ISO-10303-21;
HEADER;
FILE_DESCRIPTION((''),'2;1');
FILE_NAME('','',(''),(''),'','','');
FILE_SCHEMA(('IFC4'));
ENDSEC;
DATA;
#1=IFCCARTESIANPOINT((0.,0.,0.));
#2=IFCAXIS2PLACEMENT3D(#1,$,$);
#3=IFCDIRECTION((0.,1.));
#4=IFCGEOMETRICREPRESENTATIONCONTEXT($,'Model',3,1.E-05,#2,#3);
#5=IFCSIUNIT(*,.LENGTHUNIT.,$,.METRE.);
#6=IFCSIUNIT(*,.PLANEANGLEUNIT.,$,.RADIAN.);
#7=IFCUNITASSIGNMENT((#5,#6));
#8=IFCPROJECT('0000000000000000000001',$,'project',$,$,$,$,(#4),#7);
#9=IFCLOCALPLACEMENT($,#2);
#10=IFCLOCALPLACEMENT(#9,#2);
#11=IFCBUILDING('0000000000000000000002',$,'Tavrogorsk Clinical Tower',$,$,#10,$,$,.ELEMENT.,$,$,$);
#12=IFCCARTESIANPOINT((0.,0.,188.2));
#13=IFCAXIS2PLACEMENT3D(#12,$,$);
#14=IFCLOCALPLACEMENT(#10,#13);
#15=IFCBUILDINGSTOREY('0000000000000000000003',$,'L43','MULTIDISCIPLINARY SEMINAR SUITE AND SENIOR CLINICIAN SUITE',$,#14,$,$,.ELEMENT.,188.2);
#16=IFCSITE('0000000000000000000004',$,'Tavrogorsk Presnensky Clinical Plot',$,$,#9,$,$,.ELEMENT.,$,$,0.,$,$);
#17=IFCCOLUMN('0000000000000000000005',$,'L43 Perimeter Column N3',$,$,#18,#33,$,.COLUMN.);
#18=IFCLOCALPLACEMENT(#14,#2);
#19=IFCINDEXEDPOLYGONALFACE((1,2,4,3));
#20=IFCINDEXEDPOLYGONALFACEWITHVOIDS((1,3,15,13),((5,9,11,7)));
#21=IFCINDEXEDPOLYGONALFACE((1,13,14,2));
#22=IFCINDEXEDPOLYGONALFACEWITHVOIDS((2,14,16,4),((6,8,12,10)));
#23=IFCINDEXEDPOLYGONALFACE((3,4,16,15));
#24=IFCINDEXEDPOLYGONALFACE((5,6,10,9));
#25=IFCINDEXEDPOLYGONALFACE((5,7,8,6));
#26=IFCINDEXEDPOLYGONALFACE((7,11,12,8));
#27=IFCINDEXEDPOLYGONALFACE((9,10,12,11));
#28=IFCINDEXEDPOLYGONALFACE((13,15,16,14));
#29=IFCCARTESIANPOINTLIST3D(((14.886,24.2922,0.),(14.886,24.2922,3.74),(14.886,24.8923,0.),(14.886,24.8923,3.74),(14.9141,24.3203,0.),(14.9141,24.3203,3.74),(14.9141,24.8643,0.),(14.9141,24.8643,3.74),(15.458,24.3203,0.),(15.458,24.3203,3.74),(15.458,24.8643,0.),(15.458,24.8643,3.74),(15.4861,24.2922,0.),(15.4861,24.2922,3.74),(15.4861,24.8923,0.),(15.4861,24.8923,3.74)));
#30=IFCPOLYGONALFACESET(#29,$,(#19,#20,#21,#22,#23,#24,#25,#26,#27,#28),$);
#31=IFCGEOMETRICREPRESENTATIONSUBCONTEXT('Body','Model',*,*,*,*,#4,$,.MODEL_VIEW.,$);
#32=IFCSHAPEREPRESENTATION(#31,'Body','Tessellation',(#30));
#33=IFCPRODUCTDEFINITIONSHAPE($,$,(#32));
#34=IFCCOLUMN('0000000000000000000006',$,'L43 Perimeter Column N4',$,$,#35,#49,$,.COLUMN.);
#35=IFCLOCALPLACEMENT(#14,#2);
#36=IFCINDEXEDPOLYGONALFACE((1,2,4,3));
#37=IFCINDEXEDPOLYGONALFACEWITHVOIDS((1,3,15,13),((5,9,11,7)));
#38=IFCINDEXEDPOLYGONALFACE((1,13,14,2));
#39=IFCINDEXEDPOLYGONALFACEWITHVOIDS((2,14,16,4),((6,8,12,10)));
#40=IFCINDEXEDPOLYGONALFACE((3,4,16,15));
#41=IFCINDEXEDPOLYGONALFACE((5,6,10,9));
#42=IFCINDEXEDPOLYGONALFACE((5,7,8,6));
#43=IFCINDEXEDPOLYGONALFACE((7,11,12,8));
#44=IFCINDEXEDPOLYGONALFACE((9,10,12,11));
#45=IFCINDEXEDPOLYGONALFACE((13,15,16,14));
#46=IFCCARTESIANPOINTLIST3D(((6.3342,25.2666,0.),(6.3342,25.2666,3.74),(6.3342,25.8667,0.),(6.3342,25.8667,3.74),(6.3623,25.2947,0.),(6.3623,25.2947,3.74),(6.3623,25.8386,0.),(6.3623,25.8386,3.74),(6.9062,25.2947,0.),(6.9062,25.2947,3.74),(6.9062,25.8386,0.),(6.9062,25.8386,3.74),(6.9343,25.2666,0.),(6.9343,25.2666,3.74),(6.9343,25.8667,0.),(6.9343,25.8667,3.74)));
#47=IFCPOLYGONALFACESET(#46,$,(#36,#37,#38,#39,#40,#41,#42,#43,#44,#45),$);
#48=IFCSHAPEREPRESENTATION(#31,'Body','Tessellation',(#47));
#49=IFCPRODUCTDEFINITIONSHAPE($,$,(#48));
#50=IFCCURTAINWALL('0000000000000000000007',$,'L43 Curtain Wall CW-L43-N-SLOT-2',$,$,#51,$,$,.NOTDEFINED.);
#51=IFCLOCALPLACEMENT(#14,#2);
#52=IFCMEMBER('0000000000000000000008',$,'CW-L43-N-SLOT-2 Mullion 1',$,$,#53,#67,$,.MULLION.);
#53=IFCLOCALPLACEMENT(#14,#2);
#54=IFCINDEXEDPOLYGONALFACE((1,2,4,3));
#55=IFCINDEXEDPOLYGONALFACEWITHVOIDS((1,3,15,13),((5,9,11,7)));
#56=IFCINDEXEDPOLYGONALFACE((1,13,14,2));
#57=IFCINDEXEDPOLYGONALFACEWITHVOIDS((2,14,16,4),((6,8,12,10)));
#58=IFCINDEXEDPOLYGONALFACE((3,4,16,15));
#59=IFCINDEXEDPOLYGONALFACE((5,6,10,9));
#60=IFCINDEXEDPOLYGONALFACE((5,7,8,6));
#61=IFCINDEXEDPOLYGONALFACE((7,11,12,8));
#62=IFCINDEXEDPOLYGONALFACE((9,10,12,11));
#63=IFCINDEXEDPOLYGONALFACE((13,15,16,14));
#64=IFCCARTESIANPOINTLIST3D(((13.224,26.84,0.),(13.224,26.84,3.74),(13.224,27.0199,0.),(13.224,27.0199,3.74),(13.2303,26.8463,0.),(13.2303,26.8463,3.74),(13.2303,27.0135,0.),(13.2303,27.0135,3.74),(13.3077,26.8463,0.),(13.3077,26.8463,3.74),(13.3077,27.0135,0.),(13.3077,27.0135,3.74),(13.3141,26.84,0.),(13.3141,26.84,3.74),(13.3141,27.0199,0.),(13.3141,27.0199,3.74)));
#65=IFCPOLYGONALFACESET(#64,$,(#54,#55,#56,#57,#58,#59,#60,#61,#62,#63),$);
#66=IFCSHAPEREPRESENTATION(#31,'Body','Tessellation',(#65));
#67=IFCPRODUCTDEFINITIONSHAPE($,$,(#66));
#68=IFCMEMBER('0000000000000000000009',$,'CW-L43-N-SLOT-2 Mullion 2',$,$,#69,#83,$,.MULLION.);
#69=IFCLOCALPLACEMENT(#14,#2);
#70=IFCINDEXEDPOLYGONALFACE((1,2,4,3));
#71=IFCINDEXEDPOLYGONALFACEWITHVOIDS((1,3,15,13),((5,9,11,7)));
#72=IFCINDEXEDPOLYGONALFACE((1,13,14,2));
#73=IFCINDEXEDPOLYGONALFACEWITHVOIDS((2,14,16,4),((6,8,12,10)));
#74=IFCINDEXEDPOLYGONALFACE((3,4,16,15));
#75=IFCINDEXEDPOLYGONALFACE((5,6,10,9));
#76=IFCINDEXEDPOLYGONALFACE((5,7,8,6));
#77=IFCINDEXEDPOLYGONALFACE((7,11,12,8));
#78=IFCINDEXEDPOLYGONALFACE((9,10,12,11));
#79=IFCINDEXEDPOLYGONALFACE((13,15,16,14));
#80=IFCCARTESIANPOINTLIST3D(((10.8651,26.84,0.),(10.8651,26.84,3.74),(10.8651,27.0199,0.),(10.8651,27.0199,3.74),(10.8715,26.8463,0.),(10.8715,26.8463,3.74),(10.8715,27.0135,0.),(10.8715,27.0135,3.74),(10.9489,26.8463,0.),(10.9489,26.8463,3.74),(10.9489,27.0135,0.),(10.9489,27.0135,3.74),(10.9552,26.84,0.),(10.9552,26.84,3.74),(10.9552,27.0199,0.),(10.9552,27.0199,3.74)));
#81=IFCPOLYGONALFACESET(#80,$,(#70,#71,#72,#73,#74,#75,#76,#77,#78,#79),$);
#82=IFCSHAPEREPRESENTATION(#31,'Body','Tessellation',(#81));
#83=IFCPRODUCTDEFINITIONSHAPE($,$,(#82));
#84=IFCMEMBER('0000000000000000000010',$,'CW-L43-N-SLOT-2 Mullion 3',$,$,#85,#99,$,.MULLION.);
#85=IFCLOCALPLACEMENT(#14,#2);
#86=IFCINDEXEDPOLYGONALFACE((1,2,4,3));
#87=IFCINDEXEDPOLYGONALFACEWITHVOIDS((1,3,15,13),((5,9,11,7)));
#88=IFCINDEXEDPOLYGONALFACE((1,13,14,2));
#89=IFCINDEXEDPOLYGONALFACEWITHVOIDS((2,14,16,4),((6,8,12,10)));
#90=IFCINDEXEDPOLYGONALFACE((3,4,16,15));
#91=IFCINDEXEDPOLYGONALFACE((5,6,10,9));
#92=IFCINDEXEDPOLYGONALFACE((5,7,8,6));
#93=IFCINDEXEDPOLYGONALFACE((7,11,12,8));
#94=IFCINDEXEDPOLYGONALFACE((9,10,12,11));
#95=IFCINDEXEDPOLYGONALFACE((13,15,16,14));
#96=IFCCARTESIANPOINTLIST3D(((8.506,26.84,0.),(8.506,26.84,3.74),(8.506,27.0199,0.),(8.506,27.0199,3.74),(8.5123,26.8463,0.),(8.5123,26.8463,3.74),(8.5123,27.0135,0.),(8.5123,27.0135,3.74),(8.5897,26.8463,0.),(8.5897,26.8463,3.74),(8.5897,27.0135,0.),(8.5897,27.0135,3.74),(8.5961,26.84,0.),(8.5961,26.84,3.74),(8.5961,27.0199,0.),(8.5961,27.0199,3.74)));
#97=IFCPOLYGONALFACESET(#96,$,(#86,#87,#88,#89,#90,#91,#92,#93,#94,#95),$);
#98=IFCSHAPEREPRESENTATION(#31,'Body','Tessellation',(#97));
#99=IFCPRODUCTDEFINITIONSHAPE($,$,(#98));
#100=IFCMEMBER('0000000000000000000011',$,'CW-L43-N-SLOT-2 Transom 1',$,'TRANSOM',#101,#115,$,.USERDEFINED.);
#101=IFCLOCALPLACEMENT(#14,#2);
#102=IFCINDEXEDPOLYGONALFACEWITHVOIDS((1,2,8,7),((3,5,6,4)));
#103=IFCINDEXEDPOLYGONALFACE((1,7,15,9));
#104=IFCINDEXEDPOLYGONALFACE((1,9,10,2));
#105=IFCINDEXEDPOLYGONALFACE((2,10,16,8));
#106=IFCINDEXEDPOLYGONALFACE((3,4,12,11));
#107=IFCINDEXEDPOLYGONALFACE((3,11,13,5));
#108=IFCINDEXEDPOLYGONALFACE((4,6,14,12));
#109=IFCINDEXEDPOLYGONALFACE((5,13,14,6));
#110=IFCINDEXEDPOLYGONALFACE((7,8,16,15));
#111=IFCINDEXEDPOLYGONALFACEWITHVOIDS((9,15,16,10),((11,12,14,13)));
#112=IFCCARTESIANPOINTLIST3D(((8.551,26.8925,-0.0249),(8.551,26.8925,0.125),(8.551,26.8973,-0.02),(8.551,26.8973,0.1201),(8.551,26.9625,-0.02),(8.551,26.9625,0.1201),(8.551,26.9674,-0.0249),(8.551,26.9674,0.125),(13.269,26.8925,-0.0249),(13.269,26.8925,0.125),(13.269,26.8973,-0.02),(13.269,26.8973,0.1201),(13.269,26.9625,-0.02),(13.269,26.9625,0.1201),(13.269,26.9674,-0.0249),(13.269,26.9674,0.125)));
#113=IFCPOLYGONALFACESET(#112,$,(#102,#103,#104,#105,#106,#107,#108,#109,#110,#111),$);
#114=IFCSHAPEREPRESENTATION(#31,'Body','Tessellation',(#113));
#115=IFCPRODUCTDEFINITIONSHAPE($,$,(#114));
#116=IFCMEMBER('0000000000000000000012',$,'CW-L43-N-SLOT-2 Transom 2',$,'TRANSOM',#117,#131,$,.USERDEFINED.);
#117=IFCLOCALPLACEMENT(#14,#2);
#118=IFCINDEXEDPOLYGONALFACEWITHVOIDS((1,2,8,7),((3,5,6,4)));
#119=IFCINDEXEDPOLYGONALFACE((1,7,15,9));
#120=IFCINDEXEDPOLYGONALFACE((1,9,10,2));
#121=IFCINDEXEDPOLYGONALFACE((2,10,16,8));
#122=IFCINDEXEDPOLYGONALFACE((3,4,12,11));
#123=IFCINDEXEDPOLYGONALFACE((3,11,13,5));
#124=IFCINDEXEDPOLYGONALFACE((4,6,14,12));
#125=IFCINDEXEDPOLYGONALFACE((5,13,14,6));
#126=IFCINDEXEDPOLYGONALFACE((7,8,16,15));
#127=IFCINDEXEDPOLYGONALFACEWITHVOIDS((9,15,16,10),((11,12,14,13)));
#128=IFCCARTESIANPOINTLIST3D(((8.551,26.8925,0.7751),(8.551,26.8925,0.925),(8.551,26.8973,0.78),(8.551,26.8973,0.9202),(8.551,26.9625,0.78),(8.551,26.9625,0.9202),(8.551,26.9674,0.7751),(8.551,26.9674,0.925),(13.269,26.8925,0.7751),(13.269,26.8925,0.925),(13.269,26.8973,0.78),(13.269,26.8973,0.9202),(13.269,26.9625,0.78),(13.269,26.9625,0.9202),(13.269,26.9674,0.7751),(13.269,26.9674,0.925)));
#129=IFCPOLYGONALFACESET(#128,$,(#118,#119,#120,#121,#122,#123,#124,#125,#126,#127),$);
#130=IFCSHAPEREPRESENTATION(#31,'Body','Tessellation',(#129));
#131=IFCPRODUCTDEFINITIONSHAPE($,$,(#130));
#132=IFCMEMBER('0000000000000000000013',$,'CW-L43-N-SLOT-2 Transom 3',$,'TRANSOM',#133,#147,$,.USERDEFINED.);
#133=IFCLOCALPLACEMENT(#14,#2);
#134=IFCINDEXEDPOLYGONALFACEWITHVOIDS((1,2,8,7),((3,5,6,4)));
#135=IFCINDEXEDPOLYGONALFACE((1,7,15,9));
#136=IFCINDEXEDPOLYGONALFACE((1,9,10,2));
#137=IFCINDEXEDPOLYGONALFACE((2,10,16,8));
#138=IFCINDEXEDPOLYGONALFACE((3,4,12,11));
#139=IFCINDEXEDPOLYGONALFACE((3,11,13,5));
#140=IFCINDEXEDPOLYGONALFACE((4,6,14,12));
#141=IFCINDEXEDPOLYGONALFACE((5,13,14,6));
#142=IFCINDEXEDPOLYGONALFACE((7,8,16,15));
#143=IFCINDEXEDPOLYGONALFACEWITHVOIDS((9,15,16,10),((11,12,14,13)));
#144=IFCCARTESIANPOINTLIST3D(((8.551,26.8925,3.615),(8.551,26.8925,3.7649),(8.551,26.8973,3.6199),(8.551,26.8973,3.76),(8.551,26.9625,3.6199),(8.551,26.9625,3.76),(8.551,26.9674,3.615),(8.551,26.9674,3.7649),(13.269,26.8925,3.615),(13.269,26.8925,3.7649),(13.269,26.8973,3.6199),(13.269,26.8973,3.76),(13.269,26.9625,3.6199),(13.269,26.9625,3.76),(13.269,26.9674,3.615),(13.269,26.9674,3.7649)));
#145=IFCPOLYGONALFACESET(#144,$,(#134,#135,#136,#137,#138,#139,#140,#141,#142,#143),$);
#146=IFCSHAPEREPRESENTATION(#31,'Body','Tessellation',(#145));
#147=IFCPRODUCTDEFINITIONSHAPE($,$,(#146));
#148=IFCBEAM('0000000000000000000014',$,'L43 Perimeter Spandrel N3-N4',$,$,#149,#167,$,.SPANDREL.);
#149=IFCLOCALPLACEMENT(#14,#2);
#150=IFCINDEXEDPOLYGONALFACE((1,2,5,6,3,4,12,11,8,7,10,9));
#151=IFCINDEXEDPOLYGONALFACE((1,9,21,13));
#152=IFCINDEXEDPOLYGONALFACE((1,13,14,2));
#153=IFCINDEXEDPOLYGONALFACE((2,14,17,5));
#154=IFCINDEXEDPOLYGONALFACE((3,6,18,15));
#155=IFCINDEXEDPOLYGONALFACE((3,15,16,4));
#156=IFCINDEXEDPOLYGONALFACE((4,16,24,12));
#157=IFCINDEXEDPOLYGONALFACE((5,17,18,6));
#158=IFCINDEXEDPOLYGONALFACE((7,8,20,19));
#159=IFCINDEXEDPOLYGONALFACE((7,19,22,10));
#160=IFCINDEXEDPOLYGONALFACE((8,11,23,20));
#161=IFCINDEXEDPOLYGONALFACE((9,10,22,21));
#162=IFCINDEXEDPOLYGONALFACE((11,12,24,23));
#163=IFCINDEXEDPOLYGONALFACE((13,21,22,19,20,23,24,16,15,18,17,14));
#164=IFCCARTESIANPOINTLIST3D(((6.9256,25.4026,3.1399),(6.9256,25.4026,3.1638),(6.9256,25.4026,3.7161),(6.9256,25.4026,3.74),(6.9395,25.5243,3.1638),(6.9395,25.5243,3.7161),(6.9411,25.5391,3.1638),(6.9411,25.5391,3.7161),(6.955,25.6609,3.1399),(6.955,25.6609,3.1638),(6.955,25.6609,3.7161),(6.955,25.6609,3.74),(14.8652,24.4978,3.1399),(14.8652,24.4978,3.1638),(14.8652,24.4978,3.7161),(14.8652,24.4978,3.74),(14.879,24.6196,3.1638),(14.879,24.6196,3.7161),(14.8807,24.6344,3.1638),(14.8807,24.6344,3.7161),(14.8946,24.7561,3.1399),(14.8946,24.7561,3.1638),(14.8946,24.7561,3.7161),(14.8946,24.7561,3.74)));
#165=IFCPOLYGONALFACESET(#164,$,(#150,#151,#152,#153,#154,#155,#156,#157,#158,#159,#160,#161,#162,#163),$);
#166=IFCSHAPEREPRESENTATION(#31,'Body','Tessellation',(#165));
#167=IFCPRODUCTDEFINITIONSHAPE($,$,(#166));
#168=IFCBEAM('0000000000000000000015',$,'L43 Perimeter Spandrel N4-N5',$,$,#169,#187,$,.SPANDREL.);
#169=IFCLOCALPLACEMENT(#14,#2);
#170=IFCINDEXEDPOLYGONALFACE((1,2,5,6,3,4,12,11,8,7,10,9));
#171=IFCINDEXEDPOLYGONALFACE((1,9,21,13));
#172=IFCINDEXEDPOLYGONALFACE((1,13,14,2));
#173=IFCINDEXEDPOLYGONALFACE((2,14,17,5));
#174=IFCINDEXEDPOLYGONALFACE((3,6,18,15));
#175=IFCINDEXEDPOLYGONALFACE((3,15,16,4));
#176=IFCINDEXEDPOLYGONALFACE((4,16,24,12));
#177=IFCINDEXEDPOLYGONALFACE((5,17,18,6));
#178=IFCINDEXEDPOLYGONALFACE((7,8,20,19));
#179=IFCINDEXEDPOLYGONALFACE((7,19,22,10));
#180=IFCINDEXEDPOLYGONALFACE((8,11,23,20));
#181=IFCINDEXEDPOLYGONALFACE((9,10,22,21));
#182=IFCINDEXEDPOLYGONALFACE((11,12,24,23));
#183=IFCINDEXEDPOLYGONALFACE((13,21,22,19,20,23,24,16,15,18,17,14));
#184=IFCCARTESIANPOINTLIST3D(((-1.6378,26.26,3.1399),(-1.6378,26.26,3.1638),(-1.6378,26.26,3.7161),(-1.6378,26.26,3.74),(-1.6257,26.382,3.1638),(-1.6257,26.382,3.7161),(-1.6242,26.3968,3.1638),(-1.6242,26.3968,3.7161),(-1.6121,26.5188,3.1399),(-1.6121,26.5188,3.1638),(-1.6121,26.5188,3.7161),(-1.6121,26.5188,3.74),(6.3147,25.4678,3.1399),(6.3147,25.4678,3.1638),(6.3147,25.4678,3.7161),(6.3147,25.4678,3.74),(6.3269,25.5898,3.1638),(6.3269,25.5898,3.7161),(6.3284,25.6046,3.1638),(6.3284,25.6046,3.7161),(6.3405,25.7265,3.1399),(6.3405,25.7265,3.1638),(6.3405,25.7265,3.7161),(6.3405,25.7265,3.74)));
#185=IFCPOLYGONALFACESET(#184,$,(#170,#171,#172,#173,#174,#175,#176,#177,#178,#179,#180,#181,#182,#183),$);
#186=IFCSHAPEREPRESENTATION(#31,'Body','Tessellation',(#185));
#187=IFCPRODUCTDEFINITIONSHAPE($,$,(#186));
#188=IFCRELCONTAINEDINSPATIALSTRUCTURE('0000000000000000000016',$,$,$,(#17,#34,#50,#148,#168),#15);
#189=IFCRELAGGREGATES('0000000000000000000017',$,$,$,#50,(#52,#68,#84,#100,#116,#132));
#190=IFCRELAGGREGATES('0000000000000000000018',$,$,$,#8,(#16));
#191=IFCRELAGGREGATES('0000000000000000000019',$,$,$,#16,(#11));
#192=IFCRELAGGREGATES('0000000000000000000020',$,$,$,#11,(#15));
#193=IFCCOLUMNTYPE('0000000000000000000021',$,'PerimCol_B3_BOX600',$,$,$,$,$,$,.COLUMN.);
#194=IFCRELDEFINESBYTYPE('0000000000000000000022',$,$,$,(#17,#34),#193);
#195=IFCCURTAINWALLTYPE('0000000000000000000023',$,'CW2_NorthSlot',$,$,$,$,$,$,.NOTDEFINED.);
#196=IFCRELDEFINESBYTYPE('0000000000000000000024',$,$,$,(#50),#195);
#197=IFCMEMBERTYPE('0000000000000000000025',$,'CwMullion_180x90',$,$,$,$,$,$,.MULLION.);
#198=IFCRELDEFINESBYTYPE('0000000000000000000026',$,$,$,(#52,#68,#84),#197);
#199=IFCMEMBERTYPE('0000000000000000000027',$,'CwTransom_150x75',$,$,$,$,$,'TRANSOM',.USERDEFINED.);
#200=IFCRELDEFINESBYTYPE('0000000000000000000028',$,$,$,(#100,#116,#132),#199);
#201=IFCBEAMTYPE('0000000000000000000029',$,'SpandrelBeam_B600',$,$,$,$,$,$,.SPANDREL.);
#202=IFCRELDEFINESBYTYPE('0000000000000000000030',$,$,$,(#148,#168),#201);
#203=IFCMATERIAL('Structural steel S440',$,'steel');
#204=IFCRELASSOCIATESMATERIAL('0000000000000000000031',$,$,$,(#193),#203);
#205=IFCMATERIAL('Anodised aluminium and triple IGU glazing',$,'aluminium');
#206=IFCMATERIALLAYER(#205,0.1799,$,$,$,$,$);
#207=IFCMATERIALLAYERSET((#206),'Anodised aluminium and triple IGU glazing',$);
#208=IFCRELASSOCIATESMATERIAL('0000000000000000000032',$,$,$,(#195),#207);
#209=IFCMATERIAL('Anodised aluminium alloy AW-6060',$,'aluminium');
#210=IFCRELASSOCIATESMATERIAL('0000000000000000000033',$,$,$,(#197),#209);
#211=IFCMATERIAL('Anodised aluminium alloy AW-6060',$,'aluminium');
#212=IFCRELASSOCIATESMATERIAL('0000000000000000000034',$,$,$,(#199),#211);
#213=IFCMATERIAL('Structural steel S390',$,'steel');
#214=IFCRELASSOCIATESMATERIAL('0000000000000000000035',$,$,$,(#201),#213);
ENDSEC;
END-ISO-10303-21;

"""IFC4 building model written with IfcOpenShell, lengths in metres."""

from ifc_helpers import new_model, si_unit, direction, frame, origin, origin_2d, place, context, subcontext, project, spatial, hollow_rectangle, i_section, extrude, material, layer, layer_set, material_profile, profile_set, type_object, element, aggregate, save


model = new_model("IFC4")

# Units and contexts
model_context = context("Model", 3, precision=1e-05, world=origin(), true_north=direction((0.0, 1.0)))
body_context = subcontext(model_context, "Body", "Model", "MODEL_VIEW")
ifc_project = project(units=[si_unit("LENGTHUNIT", "METRE"), si_unit("PLANEANGLEUNIT", "RADIAN")], contexts=[model_context])

# Site, building, storey
site_placement = place(None, origin())
site = spatial("IfcSite", under=ifc_project, at=site_placement, Name="Tavrogorsk Presnensky Clinical Plot", CompositionType="ELEMENT", RefElevation=0.0)
building_placement = place(site_placement, origin())
building = spatial("IfcBuilding", under=site, at=building_placement, Name="Tavrogorsk Clinical Tower", CompositionType="ELEMENT")
storey_placement = place(building_placement, frame((0.0, 0.0, 188.2)))
storey = spatial("IfcBuildingStorey", under=building, at=storey_placement, Name="L43", Description="MULTIDISCIPLINARY SEMINAR SUITE AND SENIOR CLINICIAN SUITE", CompositionType="ELEMENT", Elevation=188.2)

# Columns
ifc_material_1 = material(Name="Structural steel S440", Category="steel")
ifc_material_profile_1 = material_profile(ifc_material_1, hollow_rectangle(XDim=0.6001, YDim=0.6001, WallThickness=0.0281, at=origin_2d()), Name="BOX-600x600x28")
ifc_profile_set_1 = profile_set([ifc_material_profile_1], Name="Structural steel S440")
column_type = type_object("IfcColumnType", Name="PerimCol_B3_BOX600", PredefinedType="COLUMN", material=ifc_profile_set_1)
for number, where, z_axis, x_axis, name in (
    (1, (15.186, 24.5923, 0.0), (0.0, 0.0, 1.0), (1.0, 0.0, 0.0), "L43 Perimeter Column N3"),
    (2, (6.6343, 25.5667, 0.0), (0.0, 0.0, 1.0), (1.0, 0.0, 0.0), "L43 Perimeter Column N4"),
):
    element("IfcColumn", number, at=place(storey_placement, frame(where, z_axis=z_axis, x_axis=x_axis)), inside=storey, type_object=column_type, Name=name, PredefinedType="COLUMN", context=body_context, shape_type="SweptSolid", body=[
        extrude(hollow_rectangle(XDim=0.6001, YDim=0.6001, WallThickness=0.0281, at=origin_2d()), origin(), (0.0, 0.0, 1.0), 3.74),
    ])

# Curtain wall, members
ifc_material_2 = material(Name="Anodised aluminium and triple IGU glazing", Category="aluminium")
ifc_layer_1 = layer(ifc_material_2, 0.1799)
ifc_layer_set_1 = layer_set([ifc_layer_1], Name="Anodised aluminium and triple IGU glazing")
curtain_wall_type = type_object("IfcCurtainWallType", Name="CW2_NorthSlot", PredefinedType="NOTDEFINED", material=ifc_layer_set_1)
curtain_wall_placement = place(storey_placement, origin())
curtain_wall = element("IfcCurtainWall", 3, at=curtain_wall_placement, inside=storey, type_object=curtain_wall_type, Name="L43 Curtain Wall CW-L43-N-SLOT-2", PredefinedType="NOTDEFINED")
ifc_material_3 = material(Name="Anodised aluminium alloy AW-6060", Category="aluminium")
ifc_material_profile_2 = material_profile(ifc_material_3, hollow_rectangle(XDim=0.0901, YDim=0.1799, WallThickness=0.0063, at=origin_2d()), Name="RHS-180x90x6.3")
ifc_profile_set_2 = profile_set([ifc_material_profile_2], Name="Anodised aluminium alloy AW-6060")
member_type_1 = type_object("IfcMemberType", Name="CwMullion_180x90", PredefinedType="MULLION", material=ifc_profile_set_2)
member_1_placement = place(storey_placement, frame((13.269, 26.9299, 0.0), z_axis=(0.0, 0.0, 1.0), x_axis=(-1.0, 0.0, 0.0)))
member_1 = element("IfcMember", 4, at=member_1_placement, type_object=member_type_1, Name="CW-L43-N-SLOT-2 Mullion 1", PredefinedType="MULLION", context=body_context, shape_type="SweptSolid", body=[
    extrude(hollow_rectangle(XDim=0.0901, YDim=0.1799, WallThickness=0.0063, at=origin_2d()), origin(), (0.0, 0.0, 1.0), 3.74),
])
member_2_placement = place(storey_placement, frame((10.9102, 26.9299, 0.0), z_axis=(0.0, 0.0, 1.0), x_axis=(-1.0, 0.0, 0.0)))
member_2 = element("IfcMember", 5, at=member_2_placement, type_object=member_type_1, Name="CW-L43-N-SLOT-2 Mullion 2", PredefinedType="MULLION", context=body_context, shape_type="SweptSolid", body=[
    extrude(hollow_rectangle(XDim=0.0901, YDim=0.1799, WallThickness=0.0063, at=origin_2d()), origin(), (0.0, 0.0, 1.0), 3.74),
])
member_3_placement = place(storey_placement, frame((8.551, 26.9299, 0.0), z_axis=(0.0, 0.0, 1.0), x_axis=(-1.0, 0.0, 0.0)))
member_3 = element("IfcMember", 6, at=member_3_placement, type_object=member_type_1, Name="CW-L43-N-SLOT-2 Mullion 3", PredefinedType="MULLION", context=body_context, shape_type="SweptSolid", body=[
    extrude(hollow_rectangle(XDim=0.0901, YDim=0.1799, WallThickness=0.0063, at=origin_2d()), origin(), (0.0, 0.0, 1.0), 3.74),
])
ifc_material_4 = material(Name="Anodised aluminium alloy AW-6060", Category="aluminium")
ifc_material_profile_3 = material_profile(ifc_material_4, hollow_rectangle(XDim=0.075, YDim=0.1499, WallThickness=0.0049, at=origin_2d()), Name="RHS-150x75x5")
ifc_profile_set_3 = profile_set([ifc_material_profile_3], Name="Anodised aluminium alloy AW-6060")
member_type_2 = type_object("IfcMemberType", Name="CwTransom_150x75", ElementType="TRANSOM", PredefinedType="USERDEFINED", material=ifc_profile_set_3)
member_4_placement = place(storey_placement, frame((13.269, 26.9299, 0.05), z_axis=(-1.0, 0.0, 0.0), x_axis=(0.0, -1.0, 0.0)))
member_4 = element("IfcMember", 7, at=member_4_placement, type_object=member_type_2, Name="CW-L43-N-SLOT-2 Transom 1", ObjectType="TRANSOM", PredefinedType="USERDEFINED", context=body_context, shape_type="SweptSolid", body=[
    extrude(hollow_rectangle(XDim=0.075, YDim=0.1499, WallThickness=0.0049, at=origin_2d()), origin(), (0.0, 0.0, 1.0), 4.718),
])
member_5_placement = place(storey_placement, frame((13.269, 26.9299, 0.8501), z_axis=(-1.0, 0.0, 0.0), x_axis=(0.0, -1.0, 0.0)))
member_5 = element("IfcMember", 8, at=member_5_placement, type_object=member_type_2, Name="CW-L43-N-SLOT-2 Transom 2", ObjectType="TRANSOM", PredefinedType="USERDEFINED", context=body_context, shape_type="SweptSolid", body=[
    extrude(hollow_rectangle(XDim=0.075, YDim=0.1499, WallThickness=0.0049, at=origin_2d()), origin(), (0.0, 0.0, 1.0), 4.718),
])
member_6_placement = place(storey_placement, frame((13.269, 26.9299, 3.6899), z_axis=(-1.0, 0.0, 0.0), x_axis=(0.0, -1.0, 0.0)))
member_6 = element("IfcMember", 9, at=member_6_placement, type_object=member_type_2, Name="CW-L43-N-SLOT-2 Transom 3", ObjectType="TRANSOM", PredefinedType="USERDEFINED", context=body_context, shape_type="SweptSolid", body=[
    extrude(hollow_rectangle(XDim=0.075, YDim=0.1499, WallThickness=0.0049, at=origin_2d()), origin(), (0.0, 0.0, 1.0), 4.718),
])

# Beams
ifc_material_5 = material(Name="Structural steel S390", Category="steel")
ifc_material_profile_4 = material_profile(ifc_material_5, i_section(OverallWidth=0.26, OverallDepth=0.6001, WebThickness=0.0149, FlangeThickness=0.0239, at=origin_2d()), Name="B-600x260x15x24")
ifc_profile_set_4 = profile_set([ifc_material_profile_4], Name="Structural steel S390")
beam_type = type_object("IfcBeamType", Name="SpandrelBeam_B600", PredefinedType="SPANDREL", material=ifc_profile_set_4)
beam_1_placement = place(storey_placement, frame((14.8799, 24.627, 3.4399), z_axis=(-0.993569, 0.113224, 0.0), x_axis=(-0.113224, -0.993569, 0.0)))
element("IfcBeam", 10, at=beam_1_placement, inside=storey, type_object=beam_type, Name="L43 Perimeter Spandrel N3-N4", PredefinedType="SPANDREL", context=body_context, shape_type="SweptSolid", body=[
    extrude(i_section(OverallWidth=0.26, OverallDepth=0.6001, WebThickness=0.0149, FlangeThickness=0.0239, at=origin_2d()), origin(), (0.0, 0.0, 1.0), 7.991),
])
beam_2_placement = place(storey_placement, frame((6.3276, 25.5972, 3.4399), z_axis=(-0.995075, 0.099129, 0.0), x_axis=(-0.099129, -0.995075, 0.0)))
element("IfcBeam", 11, at=beam_2_placement, inside=storey, type_object=beam_type, Name="L43 Perimeter Spandrel N4-N5", PredefinedType="SPANDREL", context=body_context, shape_type="SweptSolid", body=[
    extrude(i_section(OverallWidth=0.26, OverallDepth=0.6001, WebThickness=0.0149, FlangeThickness=0.0239, at=origin_2d()), origin(), (0.0, 0.0, 1.0), 7.9919),
])

aggregate(curtain_wall, [member_1, member_2, member_3, member_4, member_5, member_6])

save(model, "model.ifc")
